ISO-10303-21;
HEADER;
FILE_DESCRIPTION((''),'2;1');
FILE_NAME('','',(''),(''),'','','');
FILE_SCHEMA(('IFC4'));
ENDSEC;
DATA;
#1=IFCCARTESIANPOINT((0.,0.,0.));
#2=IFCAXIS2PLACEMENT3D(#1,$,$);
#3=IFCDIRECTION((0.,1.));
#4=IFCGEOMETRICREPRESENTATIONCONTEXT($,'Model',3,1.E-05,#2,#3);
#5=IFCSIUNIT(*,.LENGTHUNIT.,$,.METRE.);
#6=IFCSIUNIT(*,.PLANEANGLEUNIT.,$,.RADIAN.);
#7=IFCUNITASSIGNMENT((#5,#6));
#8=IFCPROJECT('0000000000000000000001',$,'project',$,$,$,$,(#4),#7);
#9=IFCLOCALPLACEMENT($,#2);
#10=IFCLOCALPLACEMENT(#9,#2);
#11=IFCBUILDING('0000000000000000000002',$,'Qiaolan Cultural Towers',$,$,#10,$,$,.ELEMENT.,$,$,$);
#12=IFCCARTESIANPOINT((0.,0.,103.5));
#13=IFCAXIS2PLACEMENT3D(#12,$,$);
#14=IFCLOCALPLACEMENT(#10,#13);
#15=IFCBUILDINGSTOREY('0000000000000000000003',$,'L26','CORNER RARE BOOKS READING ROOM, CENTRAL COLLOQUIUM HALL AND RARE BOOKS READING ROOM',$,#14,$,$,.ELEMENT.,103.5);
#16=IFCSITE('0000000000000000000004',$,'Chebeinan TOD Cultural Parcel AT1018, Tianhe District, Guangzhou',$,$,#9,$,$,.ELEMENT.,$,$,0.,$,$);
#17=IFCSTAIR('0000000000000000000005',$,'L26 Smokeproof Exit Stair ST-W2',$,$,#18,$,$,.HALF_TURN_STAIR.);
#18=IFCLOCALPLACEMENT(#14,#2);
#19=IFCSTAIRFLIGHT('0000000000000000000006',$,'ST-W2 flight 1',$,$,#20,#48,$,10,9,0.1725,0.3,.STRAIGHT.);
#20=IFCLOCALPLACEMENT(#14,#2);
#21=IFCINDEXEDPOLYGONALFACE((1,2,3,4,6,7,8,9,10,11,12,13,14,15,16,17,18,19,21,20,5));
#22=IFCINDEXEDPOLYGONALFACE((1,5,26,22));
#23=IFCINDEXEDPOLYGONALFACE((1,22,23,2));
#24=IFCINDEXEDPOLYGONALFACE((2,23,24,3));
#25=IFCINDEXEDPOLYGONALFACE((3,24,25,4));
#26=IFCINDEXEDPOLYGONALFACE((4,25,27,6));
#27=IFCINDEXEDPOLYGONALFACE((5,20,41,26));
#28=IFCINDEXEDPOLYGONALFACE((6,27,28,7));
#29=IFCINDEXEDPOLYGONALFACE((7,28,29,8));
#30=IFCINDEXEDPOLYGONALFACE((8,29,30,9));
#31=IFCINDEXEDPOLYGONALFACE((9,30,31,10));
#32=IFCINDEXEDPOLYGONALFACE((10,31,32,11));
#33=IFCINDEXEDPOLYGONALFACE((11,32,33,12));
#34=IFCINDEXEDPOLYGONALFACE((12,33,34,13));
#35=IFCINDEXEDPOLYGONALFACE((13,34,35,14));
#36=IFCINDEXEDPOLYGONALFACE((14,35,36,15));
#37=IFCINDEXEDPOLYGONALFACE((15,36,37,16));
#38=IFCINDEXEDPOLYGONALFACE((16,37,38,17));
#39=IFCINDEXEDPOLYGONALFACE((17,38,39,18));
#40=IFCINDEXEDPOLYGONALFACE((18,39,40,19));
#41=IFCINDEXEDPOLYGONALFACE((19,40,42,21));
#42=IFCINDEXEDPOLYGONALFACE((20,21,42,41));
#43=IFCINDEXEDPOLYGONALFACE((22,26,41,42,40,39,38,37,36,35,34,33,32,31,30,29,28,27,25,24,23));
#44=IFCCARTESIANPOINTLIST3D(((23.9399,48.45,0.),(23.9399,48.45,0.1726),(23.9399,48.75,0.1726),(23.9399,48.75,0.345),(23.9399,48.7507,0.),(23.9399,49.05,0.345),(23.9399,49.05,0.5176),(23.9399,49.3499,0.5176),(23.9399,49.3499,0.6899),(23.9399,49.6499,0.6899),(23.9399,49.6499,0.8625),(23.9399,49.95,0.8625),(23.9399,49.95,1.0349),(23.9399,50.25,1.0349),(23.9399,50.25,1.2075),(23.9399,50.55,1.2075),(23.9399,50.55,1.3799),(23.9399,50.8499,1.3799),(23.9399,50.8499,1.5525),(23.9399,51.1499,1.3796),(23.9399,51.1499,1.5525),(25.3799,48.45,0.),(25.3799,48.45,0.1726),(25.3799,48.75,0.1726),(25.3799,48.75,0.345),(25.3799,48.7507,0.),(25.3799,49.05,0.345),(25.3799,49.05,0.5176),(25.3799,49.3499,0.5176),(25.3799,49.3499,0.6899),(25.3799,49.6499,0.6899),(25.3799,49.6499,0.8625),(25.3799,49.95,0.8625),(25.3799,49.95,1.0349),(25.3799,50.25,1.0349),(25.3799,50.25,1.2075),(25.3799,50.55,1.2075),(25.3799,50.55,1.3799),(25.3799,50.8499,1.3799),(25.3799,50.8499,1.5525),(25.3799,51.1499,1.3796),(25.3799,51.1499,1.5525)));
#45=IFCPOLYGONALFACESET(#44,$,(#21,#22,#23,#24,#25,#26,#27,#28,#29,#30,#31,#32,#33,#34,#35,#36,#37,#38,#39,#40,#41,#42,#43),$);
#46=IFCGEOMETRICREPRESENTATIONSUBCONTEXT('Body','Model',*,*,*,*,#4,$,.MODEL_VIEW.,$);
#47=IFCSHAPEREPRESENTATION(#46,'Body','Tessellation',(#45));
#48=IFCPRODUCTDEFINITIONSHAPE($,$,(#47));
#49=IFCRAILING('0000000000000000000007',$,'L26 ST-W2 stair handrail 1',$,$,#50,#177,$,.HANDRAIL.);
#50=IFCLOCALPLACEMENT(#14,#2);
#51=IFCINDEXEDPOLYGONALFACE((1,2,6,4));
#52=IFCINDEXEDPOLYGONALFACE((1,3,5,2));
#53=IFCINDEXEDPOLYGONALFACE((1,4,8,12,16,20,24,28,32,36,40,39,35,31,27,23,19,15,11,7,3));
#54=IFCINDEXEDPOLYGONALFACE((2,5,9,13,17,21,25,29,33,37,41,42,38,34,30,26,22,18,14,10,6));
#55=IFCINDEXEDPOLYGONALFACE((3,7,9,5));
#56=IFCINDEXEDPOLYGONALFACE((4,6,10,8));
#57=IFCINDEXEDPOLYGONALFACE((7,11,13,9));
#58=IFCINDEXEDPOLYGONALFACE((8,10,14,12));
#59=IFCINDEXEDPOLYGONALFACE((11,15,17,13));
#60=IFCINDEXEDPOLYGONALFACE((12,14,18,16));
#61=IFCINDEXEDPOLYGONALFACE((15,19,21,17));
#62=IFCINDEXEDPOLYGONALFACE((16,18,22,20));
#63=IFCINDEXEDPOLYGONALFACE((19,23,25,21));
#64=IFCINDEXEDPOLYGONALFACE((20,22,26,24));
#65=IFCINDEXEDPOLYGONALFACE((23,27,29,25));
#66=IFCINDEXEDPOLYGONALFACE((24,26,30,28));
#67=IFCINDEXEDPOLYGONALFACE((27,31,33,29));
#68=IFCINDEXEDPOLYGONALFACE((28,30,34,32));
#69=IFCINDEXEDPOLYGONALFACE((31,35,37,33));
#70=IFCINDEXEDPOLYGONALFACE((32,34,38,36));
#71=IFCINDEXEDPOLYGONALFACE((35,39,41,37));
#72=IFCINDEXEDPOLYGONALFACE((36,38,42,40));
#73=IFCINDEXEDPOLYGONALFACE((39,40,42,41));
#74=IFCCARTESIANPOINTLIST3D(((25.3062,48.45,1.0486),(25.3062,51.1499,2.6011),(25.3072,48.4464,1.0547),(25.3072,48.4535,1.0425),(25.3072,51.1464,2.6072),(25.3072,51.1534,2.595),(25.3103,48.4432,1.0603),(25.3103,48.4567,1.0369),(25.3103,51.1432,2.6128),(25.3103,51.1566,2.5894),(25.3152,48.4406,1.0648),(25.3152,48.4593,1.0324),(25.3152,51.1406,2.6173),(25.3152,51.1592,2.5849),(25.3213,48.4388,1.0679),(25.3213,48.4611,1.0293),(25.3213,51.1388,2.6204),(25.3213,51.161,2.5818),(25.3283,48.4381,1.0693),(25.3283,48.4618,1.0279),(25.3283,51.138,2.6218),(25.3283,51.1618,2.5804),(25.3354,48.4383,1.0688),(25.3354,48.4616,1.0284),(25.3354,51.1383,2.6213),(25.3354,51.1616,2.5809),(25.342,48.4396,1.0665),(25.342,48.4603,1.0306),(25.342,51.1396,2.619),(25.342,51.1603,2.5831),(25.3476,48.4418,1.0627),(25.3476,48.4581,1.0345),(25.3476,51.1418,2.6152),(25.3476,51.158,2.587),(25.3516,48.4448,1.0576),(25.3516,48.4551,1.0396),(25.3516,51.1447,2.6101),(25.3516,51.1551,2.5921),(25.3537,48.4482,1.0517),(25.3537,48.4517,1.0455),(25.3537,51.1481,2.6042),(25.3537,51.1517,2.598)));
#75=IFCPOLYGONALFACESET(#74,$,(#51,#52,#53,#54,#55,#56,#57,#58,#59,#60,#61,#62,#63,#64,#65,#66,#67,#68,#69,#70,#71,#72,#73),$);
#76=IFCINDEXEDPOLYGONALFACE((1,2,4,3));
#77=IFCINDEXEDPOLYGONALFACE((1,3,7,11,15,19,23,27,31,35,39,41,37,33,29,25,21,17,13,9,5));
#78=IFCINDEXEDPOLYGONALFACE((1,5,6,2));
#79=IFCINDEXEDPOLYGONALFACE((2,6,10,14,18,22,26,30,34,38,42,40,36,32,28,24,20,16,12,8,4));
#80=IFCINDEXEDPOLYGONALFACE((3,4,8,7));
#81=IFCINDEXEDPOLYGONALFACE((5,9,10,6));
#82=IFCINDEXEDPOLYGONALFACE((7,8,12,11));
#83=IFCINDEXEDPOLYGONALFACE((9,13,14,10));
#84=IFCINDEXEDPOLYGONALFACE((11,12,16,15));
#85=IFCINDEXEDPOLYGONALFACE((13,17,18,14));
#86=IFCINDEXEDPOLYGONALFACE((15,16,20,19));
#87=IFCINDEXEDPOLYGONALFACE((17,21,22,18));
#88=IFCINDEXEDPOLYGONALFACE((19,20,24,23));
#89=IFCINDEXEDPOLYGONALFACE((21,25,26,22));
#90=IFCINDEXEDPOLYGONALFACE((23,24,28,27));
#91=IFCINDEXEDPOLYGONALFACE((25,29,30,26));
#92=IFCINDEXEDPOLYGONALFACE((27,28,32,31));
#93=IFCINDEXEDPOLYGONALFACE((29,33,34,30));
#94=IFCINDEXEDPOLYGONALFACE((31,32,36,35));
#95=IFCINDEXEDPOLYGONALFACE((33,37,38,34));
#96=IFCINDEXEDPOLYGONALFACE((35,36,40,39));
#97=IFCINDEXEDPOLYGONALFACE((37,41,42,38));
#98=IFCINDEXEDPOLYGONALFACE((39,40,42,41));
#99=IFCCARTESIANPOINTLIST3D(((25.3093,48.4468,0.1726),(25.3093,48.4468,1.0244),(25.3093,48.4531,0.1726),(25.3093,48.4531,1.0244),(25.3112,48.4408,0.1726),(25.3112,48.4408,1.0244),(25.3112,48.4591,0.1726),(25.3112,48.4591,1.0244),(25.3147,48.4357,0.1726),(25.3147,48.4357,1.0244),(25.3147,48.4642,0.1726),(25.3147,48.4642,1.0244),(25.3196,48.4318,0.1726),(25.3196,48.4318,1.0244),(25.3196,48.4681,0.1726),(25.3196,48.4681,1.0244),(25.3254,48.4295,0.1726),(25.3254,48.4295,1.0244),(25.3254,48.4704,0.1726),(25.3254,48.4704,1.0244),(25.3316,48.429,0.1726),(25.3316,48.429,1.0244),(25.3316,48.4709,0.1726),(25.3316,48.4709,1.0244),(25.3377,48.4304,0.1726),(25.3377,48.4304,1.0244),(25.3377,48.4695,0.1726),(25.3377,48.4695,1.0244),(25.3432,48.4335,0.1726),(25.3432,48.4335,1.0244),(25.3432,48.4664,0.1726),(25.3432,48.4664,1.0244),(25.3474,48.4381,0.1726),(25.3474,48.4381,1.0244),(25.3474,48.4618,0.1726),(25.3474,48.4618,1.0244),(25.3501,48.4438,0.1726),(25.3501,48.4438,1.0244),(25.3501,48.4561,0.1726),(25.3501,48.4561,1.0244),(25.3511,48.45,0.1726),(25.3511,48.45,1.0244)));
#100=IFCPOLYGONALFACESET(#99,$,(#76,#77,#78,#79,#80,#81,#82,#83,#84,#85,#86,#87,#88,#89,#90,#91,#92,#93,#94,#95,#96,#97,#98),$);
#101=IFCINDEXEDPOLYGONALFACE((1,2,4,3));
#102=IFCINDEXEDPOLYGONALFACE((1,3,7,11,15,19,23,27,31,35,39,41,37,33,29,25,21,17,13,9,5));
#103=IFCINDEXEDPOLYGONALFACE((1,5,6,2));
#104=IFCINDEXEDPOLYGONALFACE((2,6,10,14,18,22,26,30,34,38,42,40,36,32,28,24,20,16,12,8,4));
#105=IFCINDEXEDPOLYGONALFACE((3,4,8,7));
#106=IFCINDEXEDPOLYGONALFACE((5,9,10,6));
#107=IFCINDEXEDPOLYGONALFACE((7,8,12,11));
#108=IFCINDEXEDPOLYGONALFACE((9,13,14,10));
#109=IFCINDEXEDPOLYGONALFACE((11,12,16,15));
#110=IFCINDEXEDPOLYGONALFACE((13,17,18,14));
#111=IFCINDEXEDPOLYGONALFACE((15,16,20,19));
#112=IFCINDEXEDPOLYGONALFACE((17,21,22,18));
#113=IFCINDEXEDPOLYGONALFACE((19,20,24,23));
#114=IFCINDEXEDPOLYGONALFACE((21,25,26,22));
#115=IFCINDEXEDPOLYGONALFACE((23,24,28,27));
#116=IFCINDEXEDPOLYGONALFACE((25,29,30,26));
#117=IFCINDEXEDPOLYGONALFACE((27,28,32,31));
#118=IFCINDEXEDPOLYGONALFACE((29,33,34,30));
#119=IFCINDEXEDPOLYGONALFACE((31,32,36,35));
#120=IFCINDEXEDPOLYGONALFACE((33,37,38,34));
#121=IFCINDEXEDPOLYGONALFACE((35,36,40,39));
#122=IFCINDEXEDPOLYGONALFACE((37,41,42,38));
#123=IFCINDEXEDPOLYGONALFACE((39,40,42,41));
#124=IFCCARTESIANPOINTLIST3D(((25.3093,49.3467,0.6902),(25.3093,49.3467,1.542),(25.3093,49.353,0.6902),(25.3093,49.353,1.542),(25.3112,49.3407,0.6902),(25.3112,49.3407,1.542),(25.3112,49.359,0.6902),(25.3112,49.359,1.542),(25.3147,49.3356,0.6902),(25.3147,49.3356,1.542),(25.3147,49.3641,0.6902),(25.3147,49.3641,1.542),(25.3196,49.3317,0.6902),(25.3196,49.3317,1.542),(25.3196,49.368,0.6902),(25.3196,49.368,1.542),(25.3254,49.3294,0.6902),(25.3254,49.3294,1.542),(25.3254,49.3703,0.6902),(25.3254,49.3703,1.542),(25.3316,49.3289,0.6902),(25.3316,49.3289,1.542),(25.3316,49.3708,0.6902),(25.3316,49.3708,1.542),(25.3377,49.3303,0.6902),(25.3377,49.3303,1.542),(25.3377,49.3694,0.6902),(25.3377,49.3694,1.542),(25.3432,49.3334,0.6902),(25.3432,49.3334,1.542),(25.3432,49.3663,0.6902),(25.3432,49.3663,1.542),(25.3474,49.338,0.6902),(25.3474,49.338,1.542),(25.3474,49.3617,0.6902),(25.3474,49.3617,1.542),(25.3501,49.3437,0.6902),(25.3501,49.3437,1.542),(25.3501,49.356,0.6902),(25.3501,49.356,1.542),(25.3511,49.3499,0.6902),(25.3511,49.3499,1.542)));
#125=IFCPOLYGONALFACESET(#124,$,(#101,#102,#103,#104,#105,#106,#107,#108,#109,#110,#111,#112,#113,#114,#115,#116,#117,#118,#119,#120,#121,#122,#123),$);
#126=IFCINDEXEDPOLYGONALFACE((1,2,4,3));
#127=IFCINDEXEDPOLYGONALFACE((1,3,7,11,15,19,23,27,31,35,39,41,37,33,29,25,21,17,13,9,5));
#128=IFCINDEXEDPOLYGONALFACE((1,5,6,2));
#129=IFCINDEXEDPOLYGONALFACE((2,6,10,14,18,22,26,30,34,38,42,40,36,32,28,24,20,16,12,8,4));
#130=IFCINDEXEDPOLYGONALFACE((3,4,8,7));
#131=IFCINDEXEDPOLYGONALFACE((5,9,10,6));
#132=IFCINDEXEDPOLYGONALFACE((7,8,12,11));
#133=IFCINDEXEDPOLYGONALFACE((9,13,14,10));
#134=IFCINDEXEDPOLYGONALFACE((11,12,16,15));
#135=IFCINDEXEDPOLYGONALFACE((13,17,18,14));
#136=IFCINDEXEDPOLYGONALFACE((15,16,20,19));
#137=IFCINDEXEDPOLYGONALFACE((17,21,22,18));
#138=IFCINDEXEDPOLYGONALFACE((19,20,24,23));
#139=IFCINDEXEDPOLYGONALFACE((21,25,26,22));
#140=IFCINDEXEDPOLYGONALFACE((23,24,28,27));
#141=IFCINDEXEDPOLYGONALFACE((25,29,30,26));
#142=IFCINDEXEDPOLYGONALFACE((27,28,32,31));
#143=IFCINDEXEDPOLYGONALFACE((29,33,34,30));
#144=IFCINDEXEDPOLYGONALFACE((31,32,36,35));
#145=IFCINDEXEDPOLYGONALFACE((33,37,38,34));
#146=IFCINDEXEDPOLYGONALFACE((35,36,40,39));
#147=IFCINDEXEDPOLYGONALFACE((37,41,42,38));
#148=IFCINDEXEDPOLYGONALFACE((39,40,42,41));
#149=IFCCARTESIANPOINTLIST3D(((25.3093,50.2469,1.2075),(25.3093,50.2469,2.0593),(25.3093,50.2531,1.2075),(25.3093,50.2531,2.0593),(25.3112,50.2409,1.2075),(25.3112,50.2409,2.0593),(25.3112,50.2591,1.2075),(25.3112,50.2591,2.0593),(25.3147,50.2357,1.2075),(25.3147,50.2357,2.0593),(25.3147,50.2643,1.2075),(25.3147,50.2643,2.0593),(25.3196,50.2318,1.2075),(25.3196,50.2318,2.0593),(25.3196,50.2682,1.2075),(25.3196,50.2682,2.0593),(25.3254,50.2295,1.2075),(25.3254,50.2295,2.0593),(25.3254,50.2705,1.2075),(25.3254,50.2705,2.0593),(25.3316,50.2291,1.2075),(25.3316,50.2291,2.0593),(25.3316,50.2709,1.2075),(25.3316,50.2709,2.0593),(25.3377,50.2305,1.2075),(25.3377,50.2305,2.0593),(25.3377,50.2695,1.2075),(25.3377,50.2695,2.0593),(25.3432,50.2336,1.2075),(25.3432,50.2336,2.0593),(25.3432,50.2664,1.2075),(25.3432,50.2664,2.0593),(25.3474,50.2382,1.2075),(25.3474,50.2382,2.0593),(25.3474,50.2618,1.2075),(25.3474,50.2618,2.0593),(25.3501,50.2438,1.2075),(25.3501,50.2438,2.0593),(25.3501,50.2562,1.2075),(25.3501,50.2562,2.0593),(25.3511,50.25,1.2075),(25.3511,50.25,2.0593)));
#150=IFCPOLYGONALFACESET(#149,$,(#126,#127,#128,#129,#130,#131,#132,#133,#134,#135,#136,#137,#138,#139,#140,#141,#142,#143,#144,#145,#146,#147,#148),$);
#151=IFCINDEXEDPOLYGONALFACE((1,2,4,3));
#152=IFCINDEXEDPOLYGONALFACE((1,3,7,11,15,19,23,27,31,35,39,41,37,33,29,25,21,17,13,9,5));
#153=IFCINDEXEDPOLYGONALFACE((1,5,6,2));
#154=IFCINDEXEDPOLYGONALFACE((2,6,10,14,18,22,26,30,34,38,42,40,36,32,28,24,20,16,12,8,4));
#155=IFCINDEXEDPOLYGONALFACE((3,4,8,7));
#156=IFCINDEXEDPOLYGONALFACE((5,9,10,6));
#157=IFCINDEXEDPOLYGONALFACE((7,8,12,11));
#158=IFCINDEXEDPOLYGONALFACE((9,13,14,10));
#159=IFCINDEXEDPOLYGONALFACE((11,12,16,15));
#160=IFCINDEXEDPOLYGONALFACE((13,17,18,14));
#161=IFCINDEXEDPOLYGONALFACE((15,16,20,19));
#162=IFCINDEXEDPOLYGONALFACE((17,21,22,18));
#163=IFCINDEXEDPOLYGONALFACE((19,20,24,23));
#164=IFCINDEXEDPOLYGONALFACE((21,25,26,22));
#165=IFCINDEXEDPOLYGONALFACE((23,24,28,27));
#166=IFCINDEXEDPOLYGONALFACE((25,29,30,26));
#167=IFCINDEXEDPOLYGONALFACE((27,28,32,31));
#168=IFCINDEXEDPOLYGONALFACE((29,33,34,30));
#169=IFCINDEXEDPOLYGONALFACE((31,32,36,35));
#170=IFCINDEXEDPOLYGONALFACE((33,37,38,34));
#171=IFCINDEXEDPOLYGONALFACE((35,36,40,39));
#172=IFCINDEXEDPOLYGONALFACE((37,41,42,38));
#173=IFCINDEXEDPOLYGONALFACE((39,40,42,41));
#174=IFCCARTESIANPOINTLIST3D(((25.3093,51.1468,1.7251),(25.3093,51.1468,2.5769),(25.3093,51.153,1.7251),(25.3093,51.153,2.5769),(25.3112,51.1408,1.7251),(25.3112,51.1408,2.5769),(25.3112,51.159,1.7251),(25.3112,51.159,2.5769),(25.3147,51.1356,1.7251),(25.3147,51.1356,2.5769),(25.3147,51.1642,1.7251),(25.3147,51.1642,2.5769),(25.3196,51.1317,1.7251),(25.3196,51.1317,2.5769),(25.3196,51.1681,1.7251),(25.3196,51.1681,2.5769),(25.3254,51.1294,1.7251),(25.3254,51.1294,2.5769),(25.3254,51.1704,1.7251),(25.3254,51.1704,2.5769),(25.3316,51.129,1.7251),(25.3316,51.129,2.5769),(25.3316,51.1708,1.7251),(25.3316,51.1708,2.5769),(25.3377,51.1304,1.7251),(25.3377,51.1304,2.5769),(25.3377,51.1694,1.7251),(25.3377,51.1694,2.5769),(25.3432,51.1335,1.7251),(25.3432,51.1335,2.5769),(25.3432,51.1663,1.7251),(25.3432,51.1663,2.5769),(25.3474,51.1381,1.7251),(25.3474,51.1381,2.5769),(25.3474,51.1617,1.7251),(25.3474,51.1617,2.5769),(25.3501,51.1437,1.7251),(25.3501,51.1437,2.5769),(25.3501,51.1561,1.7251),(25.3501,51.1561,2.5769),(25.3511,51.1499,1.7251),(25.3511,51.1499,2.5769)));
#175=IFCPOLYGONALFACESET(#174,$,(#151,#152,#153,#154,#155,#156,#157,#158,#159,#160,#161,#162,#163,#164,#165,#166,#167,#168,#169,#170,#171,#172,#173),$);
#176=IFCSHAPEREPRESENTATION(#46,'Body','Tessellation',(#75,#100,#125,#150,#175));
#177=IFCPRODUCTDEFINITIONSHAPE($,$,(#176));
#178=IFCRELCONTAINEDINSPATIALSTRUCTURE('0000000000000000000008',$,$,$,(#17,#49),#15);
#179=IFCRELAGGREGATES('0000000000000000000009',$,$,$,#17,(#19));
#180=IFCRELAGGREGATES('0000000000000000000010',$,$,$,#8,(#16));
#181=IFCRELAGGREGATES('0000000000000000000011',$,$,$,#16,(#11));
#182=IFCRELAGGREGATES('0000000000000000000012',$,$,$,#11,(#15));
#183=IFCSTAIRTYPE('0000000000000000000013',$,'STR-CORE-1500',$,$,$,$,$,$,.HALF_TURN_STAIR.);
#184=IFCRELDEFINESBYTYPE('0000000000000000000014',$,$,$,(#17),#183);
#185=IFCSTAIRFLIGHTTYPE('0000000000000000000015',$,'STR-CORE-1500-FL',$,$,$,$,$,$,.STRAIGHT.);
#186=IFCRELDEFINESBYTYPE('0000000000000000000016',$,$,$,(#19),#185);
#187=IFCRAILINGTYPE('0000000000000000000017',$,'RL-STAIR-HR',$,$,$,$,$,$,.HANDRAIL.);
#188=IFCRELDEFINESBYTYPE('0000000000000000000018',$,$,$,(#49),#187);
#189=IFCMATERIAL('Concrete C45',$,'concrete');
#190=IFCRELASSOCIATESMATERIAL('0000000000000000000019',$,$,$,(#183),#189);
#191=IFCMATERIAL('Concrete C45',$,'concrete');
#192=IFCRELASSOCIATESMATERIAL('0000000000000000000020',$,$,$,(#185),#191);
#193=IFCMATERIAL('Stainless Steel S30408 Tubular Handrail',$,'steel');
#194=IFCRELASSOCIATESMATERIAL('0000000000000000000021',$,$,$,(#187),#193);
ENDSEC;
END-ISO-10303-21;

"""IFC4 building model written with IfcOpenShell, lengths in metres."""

from ifc_helpers import new_model, si_unit, direction, frame, origin, origin_2d, place, context, subcontext, project, spatial, polyline, circle, outline, extrude, material, type_object, element, aggregate, save


model = new_model("IFC4")

# Units and contexts
model_context = context("Model", 3, precision=1e-05, world=origin(), true_north=direction((0.0, 1.0)))
body_context = subcontext(model_context, "Body", "Model", "MODEL_VIEW")
ifc_project = project(units=[si_unit("LENGTHUNIT", "METRE"), si_unit("PLANEANGLEUNIT", "RADIAN")], contexts=[model_context])

# Site, building, storey
site_placement = place(None, origin())
site = spatial("IfcSite", under=ifc_project, at=site_placement, Name="Chebeinan TOD Cultural Parcel AT1018, Tianhe District, Guangzhou", CompositionType="ELEMENT", RefElevation=0.0)
building_placement = place(site_placement, origin())
building = spatial("IfcBuilding", under=site, at=building_placement, Name="Qiaolan Cultural Towers", CompositionType="ELEMENT")
storey_placement = place(building_placement, frame((0.0, 0.0, 103.5)))
storey = spatial("IfcBuildingStorey", under=building, at=storey_placement, Name="L26", Description="CORNER RARE BOOKS READING ROOM, CENTRAL COLLOQUIUM HALL AND RARE BOOKS READING ROOM", CompositionType="ELEMENT", Elevation=103.5)

# Stair, stair flight
ifc_material_1 = material(Name="Concrete C45", Category="concrete")
stair_type = type_object("IfcStairType", Name="STR-CORE-1500", PredefinedType="HALF_TURN_STAIR", material=ifc_material_1)
stair_placement = place(storey_placement, origin())
stair = element("IfcStair", 1, at=stair_placement, inside=storey, type_object=stair_type, Name="L26 Smokeproof Exit Stair ST-W2", PredefinedType="HALF_TURN_STAIR")
ifc_material_2 = material(Name="Concrete C45", Category="concrete")
stair_flight_type = type_object("IfcStairFlightType", Name="STR-CORE-1500-FL", PredefinedType="STRAIGHT", material=ifc_material_2)
stair_flight_placement = place(storey_placement, frame((24.6599, 48.45, 0.0), z_axis=(0.0, 0.0, 1.0), x_axis=(0.0, 1.0, 0.0)))
stair_flight = element("IfcStairFlight", 2, at=stair_flight_placement, type_object=stair_flight_type, Name="ST-W2 flight 1", NumberOfRisers=10, NumberOfTreads=9, PredefinedType="STRAIGHT", RiserHeight=0.1725, TreadLength=0.3, context=body_context, shape_type="SweptSolid", body=[
    extrude(outline(polyline([(0.0, 0.0), (0.0, 0.1726), (0.3, 0.1726), (0.3, 0.345), (0.6001, 0.345), (0.6001, 0.5176), (0.8999, 0.5176), (0.8999, 0.6899), (1.2, 0.6899), (1.2, 0.8625), (1.5, 0.8625), (1.5, 1.0349), (1.8, 1.0349), (1.8, 1.2075), (2.1001, 1.2075), (2.1001, 1.3799), (2.3999, 1.3799), (2.3999, 1.5525), (2.7, 1.5525), (2.7, 1.7251), (2.7, 1.3796), (0.3008, 0.0), (0.0, 0.0)])), frame((0.0, 0.72, 0.0), z_axis=(0.0, -1.0, 0.0), x_axis=(1.0, 0.0, 0.0)), (0.0, 0.0, 1.0), 1.4399),
])
aggregate(stair, [stair_flight])

# Railing
ifc_material_3 = material(Name="Stainless Steel S30408 Tubular Handrail", Category="steel")
railing_type = type_object("IfcRailingType", Name="RL-STAIR-HR", PredefinedType="HANDRAIL", material=ifc_material_3)
railing_placement = place(storey_placement, frame((25.3301, 48.45, 0.1726)))
element("IfcRailing", 3, at=railing_placement, inside=storey, type_object=railing_type, Name="L26 ST-W2 stair handrail 1", PredefinedType="HANDRAIL", context=body_context, shape_type="SweptSolid", body=[
    extrude(circle(Radius=0.0239, at=origin_2d()), frame((0.0, 0.0, 0.876), z_axis=(0.0, 0.866904, 0.498476), x_axis=(-1.0, 0.0, 0.0)), (0.0, 0.0, 1.0), 3.1145),
    extrude(circle(Radius=0.021, at=origin_2d()), origin(), (0.0, 0.0, 1.0), 0.8518),
    extrude(circle(Radius=0.021, at=origin_2d()), frame((0.0, 0.8999, 0.5176)), (0.0, 0.0, 1.0), 0.8518),
    extrude(circle(Radius=0.021, at=origin_2d()), frame((0.0, 1.8, 1.0349)), (0.0, 0.0, 1.0), 0.8518),
    extrude(circle(Radius=0.021, at=origin_2d()), frame((0.0, 2.7, 1.5525)), (0.0, 0.0, 1.0), 0.8518),
])

save(model, "model.ifc")
